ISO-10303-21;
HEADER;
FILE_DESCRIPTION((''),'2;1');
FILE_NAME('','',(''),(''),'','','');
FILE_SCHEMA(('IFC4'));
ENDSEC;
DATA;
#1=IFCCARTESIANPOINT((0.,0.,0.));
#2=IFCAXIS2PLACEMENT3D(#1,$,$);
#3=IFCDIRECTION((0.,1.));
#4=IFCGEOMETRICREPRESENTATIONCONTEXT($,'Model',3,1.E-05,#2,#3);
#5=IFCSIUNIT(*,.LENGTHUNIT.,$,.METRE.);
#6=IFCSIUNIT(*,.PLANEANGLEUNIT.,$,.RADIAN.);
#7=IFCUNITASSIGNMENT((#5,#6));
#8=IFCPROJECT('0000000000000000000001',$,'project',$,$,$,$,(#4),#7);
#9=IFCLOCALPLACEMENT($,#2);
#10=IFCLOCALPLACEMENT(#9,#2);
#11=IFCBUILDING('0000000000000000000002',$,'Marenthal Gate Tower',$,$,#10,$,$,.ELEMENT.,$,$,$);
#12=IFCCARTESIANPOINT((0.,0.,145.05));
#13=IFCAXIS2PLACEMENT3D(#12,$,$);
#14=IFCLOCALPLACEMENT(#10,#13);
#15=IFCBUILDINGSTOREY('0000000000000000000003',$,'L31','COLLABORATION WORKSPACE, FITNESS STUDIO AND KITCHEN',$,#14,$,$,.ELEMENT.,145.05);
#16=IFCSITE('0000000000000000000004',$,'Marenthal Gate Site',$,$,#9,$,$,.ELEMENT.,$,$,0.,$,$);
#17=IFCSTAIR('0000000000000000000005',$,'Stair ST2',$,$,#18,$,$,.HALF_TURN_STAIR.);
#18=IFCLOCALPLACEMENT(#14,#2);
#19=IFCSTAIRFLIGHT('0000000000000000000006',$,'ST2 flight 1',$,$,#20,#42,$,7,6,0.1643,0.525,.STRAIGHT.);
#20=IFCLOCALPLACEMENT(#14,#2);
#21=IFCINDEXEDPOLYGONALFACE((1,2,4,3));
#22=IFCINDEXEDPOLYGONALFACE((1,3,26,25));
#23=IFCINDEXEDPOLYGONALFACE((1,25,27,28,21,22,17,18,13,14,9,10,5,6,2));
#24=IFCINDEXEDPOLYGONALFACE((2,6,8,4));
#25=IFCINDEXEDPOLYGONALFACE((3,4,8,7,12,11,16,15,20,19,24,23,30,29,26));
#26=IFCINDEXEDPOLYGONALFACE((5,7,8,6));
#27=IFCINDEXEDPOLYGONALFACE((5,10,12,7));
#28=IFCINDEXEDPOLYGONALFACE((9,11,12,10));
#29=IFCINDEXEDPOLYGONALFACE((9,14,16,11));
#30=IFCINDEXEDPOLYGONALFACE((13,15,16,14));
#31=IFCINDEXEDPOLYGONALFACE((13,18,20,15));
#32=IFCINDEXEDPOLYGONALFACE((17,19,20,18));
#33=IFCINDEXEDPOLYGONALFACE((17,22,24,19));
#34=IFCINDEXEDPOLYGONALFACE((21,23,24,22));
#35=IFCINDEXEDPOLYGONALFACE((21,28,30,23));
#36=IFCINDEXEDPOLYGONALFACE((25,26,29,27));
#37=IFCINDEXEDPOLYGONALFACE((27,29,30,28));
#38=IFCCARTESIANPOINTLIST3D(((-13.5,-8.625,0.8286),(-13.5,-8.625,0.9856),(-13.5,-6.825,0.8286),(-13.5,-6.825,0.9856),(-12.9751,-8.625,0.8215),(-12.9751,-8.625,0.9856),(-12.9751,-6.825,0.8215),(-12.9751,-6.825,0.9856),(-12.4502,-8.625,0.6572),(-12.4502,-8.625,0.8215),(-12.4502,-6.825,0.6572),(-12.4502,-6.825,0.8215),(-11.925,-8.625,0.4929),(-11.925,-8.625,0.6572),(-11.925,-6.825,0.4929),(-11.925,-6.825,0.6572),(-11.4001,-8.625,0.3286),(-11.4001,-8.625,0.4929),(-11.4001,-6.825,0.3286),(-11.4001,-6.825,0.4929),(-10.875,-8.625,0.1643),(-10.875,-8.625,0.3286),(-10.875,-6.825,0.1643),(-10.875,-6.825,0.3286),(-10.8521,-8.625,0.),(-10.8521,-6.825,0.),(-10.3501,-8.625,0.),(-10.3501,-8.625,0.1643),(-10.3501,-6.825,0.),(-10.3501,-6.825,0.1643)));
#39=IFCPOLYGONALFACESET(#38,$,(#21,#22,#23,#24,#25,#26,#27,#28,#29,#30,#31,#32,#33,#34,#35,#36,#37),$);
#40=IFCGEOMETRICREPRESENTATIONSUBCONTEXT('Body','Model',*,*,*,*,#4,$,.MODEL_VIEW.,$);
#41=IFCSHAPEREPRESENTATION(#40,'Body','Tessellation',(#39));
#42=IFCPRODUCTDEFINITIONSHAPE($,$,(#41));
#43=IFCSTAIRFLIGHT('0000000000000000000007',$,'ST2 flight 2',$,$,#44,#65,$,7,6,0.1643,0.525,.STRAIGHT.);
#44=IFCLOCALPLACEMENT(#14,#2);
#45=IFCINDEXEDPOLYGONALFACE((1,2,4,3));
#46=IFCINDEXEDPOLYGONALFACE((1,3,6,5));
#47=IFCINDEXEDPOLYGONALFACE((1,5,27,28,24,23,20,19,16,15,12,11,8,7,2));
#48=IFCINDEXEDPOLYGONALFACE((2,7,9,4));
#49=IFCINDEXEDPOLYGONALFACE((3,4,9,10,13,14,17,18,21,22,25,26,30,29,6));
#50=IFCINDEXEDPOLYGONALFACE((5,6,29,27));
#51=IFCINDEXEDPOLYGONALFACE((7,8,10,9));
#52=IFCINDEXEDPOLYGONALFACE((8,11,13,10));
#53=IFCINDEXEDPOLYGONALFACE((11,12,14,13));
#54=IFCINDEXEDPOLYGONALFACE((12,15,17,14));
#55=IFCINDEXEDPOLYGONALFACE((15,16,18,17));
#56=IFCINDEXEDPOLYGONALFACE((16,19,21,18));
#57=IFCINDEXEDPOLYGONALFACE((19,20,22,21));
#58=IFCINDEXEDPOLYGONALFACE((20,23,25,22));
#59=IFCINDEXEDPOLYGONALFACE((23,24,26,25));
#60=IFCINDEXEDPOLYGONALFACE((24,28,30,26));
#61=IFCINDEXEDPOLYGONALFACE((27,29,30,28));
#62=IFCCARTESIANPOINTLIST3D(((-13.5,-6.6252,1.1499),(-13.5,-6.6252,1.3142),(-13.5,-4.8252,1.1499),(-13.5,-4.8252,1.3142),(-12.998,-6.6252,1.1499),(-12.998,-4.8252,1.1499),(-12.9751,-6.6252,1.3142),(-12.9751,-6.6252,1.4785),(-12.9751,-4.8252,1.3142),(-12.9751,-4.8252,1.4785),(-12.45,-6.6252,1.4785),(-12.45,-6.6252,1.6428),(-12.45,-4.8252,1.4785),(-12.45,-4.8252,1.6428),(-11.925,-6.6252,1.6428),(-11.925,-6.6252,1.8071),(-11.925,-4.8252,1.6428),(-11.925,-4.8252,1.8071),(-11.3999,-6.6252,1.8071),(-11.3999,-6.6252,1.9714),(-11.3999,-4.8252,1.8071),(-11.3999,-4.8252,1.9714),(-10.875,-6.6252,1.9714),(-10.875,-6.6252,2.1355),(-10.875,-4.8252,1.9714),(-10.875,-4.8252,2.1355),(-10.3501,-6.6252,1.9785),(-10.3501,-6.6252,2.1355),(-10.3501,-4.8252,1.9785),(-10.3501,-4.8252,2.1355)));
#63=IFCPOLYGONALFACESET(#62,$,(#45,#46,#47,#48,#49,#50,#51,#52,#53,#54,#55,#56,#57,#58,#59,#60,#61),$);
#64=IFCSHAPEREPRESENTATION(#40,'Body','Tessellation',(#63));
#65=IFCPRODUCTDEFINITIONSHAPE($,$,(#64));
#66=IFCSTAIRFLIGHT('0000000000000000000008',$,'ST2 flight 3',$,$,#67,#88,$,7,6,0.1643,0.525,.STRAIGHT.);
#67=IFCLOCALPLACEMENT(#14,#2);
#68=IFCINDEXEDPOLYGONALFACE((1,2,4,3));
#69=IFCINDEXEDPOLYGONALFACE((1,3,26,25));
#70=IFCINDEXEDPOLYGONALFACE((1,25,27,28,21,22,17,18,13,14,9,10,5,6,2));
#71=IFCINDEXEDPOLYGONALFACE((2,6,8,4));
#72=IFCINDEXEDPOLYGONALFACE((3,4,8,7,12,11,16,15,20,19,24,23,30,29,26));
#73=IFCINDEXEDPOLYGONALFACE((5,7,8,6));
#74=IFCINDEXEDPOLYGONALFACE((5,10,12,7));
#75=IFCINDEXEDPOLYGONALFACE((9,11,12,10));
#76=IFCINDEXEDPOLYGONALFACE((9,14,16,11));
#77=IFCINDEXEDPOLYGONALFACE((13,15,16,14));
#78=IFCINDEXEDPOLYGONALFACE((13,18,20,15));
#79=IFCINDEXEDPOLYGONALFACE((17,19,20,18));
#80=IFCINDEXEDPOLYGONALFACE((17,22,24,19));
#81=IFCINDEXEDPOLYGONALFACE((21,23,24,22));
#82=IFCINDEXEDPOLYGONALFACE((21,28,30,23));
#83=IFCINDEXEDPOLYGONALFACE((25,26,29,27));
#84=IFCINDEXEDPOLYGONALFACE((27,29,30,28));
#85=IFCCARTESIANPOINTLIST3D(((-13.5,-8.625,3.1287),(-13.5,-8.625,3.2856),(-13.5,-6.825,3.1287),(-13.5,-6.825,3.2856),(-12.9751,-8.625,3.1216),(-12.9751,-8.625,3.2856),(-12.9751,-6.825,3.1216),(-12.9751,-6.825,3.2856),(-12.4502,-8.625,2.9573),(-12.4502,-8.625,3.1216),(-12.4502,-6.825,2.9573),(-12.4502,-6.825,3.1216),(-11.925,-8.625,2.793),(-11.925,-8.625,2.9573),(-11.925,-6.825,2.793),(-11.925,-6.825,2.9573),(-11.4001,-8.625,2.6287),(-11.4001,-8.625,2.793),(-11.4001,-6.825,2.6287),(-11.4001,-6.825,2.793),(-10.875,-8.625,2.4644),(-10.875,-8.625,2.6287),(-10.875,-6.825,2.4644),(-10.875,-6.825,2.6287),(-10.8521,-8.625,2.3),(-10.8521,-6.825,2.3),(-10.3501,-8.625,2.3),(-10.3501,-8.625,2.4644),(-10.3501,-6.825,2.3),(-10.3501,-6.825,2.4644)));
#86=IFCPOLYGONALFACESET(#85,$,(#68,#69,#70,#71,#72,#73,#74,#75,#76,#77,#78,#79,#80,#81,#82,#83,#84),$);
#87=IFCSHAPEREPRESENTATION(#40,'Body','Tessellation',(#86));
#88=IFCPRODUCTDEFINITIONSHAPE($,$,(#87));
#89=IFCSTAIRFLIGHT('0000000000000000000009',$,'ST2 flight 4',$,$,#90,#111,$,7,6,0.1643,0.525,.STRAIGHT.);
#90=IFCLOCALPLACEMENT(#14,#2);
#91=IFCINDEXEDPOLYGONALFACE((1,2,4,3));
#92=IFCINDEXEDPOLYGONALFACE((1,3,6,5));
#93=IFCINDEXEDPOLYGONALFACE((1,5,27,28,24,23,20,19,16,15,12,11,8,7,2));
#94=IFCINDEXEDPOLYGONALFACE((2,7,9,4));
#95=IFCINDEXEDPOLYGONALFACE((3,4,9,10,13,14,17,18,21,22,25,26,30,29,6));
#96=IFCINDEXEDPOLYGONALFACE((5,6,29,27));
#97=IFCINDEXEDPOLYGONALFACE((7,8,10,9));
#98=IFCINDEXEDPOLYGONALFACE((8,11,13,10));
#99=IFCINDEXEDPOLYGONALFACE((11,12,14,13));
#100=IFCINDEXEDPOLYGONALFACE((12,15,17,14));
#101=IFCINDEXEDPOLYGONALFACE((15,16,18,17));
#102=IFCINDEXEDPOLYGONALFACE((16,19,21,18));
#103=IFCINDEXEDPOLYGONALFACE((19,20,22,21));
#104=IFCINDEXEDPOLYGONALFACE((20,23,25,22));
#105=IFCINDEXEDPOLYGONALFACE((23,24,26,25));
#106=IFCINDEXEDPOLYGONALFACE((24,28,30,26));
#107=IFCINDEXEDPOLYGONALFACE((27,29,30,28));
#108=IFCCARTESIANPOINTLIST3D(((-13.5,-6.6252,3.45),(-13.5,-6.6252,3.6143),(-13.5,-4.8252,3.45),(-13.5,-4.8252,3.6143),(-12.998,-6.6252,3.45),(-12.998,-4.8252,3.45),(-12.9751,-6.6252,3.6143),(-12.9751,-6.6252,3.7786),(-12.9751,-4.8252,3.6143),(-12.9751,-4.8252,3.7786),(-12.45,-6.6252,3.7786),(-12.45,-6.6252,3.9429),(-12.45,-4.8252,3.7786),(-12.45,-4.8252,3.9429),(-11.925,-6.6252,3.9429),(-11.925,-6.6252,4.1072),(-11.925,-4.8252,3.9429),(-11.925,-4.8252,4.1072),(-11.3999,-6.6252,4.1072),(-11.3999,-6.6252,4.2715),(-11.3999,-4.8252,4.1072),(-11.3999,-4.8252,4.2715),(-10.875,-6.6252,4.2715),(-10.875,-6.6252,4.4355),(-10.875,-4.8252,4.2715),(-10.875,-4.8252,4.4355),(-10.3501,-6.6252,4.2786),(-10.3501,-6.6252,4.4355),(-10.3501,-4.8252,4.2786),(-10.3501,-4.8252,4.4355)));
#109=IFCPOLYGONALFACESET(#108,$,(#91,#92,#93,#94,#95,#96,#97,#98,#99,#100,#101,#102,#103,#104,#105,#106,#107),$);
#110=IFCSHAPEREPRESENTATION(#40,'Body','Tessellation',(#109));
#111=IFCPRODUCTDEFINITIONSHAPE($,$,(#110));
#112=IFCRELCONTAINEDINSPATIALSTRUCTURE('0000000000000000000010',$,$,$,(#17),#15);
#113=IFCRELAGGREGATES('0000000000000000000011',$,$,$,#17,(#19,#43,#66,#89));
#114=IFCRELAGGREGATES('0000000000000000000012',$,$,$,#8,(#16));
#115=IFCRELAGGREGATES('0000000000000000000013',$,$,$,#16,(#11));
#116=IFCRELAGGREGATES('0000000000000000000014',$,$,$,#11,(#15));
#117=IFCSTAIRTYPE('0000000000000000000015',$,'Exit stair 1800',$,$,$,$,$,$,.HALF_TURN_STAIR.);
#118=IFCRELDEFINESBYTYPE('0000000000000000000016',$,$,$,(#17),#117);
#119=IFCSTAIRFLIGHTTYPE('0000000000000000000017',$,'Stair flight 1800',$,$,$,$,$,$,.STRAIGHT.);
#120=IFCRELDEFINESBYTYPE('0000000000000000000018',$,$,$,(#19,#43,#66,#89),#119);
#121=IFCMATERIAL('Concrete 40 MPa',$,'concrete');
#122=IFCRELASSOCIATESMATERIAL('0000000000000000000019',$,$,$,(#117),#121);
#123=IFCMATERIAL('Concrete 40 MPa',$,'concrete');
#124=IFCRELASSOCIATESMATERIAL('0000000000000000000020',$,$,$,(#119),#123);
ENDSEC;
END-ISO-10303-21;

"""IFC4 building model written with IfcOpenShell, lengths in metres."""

from ifc_helpers import new_model, si_unit, direction, frame, origin, place, context, subcontext, project, spatial, polyline, outline, extrude, material, type_object, element, aggregate, save


model = new_model("IFC4")

# Units and contexts
model_context = context("Model", 3, precision=1e-05, world=origin(), true_north=direction((0.0, 1.0)))
body_context = subcontext(model_context, "Body", "Model", "MODEL_VIEW")
ifc_project = project(units=[si_unit("LENGTHUNIT", "METRE"), si_unit("PLANEANGLEUNIT", "RADIAN")], contexts=[model_context])

# Site, building, storey
site_placement = place(None, origin())
site = spatial("IfcSite", under=ifc_project, at=site_placement, Name="Marenthal Gate Site", CompositionType="ELEMENT", RefElevation=0.0)
building_placement = place(site_placement, origin())
building = spatial("IfcBuilding", under=site, at=building_placement, Name="Marenthal Gate Tower", CompositionType="ELEMENT")
storey_placement = place(building_placement, frame((0.0, 0.0, 145.05)))
storey = spatial("IfcBuildingStorey", under=building, at=storey_placement, Name="L31", Description="COLLABORATION WORKSPACE, FITNESS STUDIO AND KITCHEN", CompositionType="ELEMENT", Elevation=145.05)

# Stair, stair flights
ifc_material_1 = material(Name="Concrete 40 MPa", Category="concrete")
stair_type = type_object("IfcStairType", Name="Exit stair 1800", PredefinedType="HALF_TURN_STAIR", material=ifc_material_1)
stair_placement = place(storey_placement, origin())
stair = element("IfcStair", 1, at=stair_placement, inside=storey, type_object=stair_type, Name="Stair ST2", PredefinedType="HALF_TURN_STAIR")
ifc_material_2 = material(Name="Concrete 40 MPa", Category="concrete")
stair_flight_type = type_object("IfcStairFlightType", Name="Stair flight 1800", PredefinedType="STRAIGHT", material=ifc_material_2)
stair_flight_1_placement = place(storey_placement, frame((-10.3501, -7.7251, 0.0), z_axis=(0.0, 0.0, 1.0), x_axis=(-1.0, 0.0, 0.0)))
stair_flight_1 = element("IfcStairFlight", 2, at=stair_flight_1_placement, type_object=stair_flight_type, Name="ST2 flight 1", NumberOfRisers=7, NumberOfTreads=6, PredefinedType="STRAIGHT", RiserHeight=0.1643, TreadLength=0.525, context=body_context, shape_type="SweptSolid", body=[
    extrude(outline(polyline([(0.0, 0.0), (0.0, 0.1643), (0.5249, 0.1643), (0.5249, 0.3286), (1.05, 0.3286), (1.05, 0.4929), (1.575, 0.4929), (1.575, 0.6572), (2.1001, 0.6572), (2.1001, 0.8215), (2.625, 0.8215), (2.625, 0.9856), (3.1499, 0.9856), (3.1499, 1.1499), (3.1499, 0.8286), (0.502, 0.0), (0.0, 0.0)])), frame((0.0, 0.8999, 0.0), z_axis=(0.0, -1.0, 0.0), x_axis=(1.0, 0.0, 0.0)), (0.0, 0.0, 1.0), 1.8),
])
stair_flight_2_placement = place(storey_placement, frame((-13.5, -5.7251, 1.1499), z_axis=(0.0, 0.0, 1.0), x_axis=(1.0, 0.0, 0.0)))
stair_flight_2 = element("IfcStairFlight", 3, at=stair_flight_2_placement, type_object=stair_flight_type, Name="ST2 flight 2", NumberOfRisers=7, NumberOfTreads=6, PredefinedType="STRAIGHT", RiserHeight=0.1643, TreadLength=0.525, context=body_context, shape_type="SweptSolid", body=[
    extrude(outline(polyline([(0.0, 0.0), (0.0, 0.1643), (0.5249, 0.1643), (0.5249, 0.3286), (1.05, 0.3286), (1.05, 0.4929), (1.575, 0.4929), (1.575, 0.6572), (2.1001, 0.6572), (2.1001, 0.8215), (2.625, 0.8215), (2.625, 0.9856), (3.1499, 0.9856), (3.1499, 1.1499), (3.1499, 0.8286), (0.502, 0.0), (0.0, 0.0)])), frame((0.0, 0.8999, 0.0), z_axis=(0.0, -1.0, 0.0), x_axis=(1.0, 0.0, 0.0)), (0.0, 0.0, 1.0), 1.8),
])
stair_flight_3_placement = place(storey_placement, frame((-10.3501, -7.7251, 2.3), z_axis=(0.0, 0.0, 1.0), x_axis=(-1.0, 0.0, 0.0)))
stair_flight_3 = element("IfcStairFlight", 4, at=stair_flight_3_placement, type_object=stair_flight_type, Name="ST2 flight 3", NumberOfRisers=7, NumberOfTreads=6, PredefinedType="STRAIGHT", RiserHeight=0.1643, TreadLength=0.525, context=body_context, shape_type="SweptSolid", body=[
    extrude(outline(polyline([(0.0, 0.0), (0.0, 0.1643), (0.5249, 0.1643), (0.5249, 0.3286), (1.05, 0.3286), (1.05, 0.4929), (1.575, 0.4929), (1.575, 0.6572), (2.1001, 0.6572), (2.1001, 0.8215), (2.625, 0.8215), (2.625, 0.9856), (3.1499, 0.9856), (3.1499, 1.1499), (3.1499, 0.8286), (0.502, 0.0), (0.0, 0.0)])), frame((0.0, 0.8999, 0.0), z_axis=(0.0, -1.0, 0.0), x_axis=(1.0, 0.0, 0.0)), (0.0, 0.0, 1.0), 1.8),
])
stair_flight_4_placement = place(storey_placement, frame((-13.5, -5.7251, 3.45), z_axis=(0.0, 0.0, 1.0), x_axis=(1.0, 0.0, 0.0)))
stair_flight_4 = element("IfcStairFlight", 5, at=stair_flight_4_placement, type_object=stair_flight_type, Name="ST2 flight 4", NumberOfRisers=7, NumberOfTreads=6, PredefinedType="STRAIGHT", RiserHeight=0.1643, TreadLength=0.525, context=body_context, shape_type="SweptSolid", body=[
    extrude(outline(polyline([(0.0, 0.0), (0.0, 0.1643), (0.5249, 0.1643), (0.5249, 0.3286), (1.05, 0.3286), (1.05, 0.4929), (1.575, 0.4929), (1.575, 0.6572), (2.1001, 0.6572), (2.1001, 0.8215), (2.625, 0.8215), (2.625, 0.9856), (3.1499, 0.9856), (3.1499, 1.1499), (3.1499, 0.8286), (0.502, 0.0), (0.0, 0.0)])), frame((0.0, 0.8999, 0.0), z_axis=(0.0, -1.0, 0.0), x_axis=(1.0, 0.0, 0.0)), (0.0, 0.0, 1.0), 1.8),
])
aggregate(stair, [stair_flight_1, stair_flight_2, stair_flight_3, stair_flight_4])

save(model, "model.ifc")
